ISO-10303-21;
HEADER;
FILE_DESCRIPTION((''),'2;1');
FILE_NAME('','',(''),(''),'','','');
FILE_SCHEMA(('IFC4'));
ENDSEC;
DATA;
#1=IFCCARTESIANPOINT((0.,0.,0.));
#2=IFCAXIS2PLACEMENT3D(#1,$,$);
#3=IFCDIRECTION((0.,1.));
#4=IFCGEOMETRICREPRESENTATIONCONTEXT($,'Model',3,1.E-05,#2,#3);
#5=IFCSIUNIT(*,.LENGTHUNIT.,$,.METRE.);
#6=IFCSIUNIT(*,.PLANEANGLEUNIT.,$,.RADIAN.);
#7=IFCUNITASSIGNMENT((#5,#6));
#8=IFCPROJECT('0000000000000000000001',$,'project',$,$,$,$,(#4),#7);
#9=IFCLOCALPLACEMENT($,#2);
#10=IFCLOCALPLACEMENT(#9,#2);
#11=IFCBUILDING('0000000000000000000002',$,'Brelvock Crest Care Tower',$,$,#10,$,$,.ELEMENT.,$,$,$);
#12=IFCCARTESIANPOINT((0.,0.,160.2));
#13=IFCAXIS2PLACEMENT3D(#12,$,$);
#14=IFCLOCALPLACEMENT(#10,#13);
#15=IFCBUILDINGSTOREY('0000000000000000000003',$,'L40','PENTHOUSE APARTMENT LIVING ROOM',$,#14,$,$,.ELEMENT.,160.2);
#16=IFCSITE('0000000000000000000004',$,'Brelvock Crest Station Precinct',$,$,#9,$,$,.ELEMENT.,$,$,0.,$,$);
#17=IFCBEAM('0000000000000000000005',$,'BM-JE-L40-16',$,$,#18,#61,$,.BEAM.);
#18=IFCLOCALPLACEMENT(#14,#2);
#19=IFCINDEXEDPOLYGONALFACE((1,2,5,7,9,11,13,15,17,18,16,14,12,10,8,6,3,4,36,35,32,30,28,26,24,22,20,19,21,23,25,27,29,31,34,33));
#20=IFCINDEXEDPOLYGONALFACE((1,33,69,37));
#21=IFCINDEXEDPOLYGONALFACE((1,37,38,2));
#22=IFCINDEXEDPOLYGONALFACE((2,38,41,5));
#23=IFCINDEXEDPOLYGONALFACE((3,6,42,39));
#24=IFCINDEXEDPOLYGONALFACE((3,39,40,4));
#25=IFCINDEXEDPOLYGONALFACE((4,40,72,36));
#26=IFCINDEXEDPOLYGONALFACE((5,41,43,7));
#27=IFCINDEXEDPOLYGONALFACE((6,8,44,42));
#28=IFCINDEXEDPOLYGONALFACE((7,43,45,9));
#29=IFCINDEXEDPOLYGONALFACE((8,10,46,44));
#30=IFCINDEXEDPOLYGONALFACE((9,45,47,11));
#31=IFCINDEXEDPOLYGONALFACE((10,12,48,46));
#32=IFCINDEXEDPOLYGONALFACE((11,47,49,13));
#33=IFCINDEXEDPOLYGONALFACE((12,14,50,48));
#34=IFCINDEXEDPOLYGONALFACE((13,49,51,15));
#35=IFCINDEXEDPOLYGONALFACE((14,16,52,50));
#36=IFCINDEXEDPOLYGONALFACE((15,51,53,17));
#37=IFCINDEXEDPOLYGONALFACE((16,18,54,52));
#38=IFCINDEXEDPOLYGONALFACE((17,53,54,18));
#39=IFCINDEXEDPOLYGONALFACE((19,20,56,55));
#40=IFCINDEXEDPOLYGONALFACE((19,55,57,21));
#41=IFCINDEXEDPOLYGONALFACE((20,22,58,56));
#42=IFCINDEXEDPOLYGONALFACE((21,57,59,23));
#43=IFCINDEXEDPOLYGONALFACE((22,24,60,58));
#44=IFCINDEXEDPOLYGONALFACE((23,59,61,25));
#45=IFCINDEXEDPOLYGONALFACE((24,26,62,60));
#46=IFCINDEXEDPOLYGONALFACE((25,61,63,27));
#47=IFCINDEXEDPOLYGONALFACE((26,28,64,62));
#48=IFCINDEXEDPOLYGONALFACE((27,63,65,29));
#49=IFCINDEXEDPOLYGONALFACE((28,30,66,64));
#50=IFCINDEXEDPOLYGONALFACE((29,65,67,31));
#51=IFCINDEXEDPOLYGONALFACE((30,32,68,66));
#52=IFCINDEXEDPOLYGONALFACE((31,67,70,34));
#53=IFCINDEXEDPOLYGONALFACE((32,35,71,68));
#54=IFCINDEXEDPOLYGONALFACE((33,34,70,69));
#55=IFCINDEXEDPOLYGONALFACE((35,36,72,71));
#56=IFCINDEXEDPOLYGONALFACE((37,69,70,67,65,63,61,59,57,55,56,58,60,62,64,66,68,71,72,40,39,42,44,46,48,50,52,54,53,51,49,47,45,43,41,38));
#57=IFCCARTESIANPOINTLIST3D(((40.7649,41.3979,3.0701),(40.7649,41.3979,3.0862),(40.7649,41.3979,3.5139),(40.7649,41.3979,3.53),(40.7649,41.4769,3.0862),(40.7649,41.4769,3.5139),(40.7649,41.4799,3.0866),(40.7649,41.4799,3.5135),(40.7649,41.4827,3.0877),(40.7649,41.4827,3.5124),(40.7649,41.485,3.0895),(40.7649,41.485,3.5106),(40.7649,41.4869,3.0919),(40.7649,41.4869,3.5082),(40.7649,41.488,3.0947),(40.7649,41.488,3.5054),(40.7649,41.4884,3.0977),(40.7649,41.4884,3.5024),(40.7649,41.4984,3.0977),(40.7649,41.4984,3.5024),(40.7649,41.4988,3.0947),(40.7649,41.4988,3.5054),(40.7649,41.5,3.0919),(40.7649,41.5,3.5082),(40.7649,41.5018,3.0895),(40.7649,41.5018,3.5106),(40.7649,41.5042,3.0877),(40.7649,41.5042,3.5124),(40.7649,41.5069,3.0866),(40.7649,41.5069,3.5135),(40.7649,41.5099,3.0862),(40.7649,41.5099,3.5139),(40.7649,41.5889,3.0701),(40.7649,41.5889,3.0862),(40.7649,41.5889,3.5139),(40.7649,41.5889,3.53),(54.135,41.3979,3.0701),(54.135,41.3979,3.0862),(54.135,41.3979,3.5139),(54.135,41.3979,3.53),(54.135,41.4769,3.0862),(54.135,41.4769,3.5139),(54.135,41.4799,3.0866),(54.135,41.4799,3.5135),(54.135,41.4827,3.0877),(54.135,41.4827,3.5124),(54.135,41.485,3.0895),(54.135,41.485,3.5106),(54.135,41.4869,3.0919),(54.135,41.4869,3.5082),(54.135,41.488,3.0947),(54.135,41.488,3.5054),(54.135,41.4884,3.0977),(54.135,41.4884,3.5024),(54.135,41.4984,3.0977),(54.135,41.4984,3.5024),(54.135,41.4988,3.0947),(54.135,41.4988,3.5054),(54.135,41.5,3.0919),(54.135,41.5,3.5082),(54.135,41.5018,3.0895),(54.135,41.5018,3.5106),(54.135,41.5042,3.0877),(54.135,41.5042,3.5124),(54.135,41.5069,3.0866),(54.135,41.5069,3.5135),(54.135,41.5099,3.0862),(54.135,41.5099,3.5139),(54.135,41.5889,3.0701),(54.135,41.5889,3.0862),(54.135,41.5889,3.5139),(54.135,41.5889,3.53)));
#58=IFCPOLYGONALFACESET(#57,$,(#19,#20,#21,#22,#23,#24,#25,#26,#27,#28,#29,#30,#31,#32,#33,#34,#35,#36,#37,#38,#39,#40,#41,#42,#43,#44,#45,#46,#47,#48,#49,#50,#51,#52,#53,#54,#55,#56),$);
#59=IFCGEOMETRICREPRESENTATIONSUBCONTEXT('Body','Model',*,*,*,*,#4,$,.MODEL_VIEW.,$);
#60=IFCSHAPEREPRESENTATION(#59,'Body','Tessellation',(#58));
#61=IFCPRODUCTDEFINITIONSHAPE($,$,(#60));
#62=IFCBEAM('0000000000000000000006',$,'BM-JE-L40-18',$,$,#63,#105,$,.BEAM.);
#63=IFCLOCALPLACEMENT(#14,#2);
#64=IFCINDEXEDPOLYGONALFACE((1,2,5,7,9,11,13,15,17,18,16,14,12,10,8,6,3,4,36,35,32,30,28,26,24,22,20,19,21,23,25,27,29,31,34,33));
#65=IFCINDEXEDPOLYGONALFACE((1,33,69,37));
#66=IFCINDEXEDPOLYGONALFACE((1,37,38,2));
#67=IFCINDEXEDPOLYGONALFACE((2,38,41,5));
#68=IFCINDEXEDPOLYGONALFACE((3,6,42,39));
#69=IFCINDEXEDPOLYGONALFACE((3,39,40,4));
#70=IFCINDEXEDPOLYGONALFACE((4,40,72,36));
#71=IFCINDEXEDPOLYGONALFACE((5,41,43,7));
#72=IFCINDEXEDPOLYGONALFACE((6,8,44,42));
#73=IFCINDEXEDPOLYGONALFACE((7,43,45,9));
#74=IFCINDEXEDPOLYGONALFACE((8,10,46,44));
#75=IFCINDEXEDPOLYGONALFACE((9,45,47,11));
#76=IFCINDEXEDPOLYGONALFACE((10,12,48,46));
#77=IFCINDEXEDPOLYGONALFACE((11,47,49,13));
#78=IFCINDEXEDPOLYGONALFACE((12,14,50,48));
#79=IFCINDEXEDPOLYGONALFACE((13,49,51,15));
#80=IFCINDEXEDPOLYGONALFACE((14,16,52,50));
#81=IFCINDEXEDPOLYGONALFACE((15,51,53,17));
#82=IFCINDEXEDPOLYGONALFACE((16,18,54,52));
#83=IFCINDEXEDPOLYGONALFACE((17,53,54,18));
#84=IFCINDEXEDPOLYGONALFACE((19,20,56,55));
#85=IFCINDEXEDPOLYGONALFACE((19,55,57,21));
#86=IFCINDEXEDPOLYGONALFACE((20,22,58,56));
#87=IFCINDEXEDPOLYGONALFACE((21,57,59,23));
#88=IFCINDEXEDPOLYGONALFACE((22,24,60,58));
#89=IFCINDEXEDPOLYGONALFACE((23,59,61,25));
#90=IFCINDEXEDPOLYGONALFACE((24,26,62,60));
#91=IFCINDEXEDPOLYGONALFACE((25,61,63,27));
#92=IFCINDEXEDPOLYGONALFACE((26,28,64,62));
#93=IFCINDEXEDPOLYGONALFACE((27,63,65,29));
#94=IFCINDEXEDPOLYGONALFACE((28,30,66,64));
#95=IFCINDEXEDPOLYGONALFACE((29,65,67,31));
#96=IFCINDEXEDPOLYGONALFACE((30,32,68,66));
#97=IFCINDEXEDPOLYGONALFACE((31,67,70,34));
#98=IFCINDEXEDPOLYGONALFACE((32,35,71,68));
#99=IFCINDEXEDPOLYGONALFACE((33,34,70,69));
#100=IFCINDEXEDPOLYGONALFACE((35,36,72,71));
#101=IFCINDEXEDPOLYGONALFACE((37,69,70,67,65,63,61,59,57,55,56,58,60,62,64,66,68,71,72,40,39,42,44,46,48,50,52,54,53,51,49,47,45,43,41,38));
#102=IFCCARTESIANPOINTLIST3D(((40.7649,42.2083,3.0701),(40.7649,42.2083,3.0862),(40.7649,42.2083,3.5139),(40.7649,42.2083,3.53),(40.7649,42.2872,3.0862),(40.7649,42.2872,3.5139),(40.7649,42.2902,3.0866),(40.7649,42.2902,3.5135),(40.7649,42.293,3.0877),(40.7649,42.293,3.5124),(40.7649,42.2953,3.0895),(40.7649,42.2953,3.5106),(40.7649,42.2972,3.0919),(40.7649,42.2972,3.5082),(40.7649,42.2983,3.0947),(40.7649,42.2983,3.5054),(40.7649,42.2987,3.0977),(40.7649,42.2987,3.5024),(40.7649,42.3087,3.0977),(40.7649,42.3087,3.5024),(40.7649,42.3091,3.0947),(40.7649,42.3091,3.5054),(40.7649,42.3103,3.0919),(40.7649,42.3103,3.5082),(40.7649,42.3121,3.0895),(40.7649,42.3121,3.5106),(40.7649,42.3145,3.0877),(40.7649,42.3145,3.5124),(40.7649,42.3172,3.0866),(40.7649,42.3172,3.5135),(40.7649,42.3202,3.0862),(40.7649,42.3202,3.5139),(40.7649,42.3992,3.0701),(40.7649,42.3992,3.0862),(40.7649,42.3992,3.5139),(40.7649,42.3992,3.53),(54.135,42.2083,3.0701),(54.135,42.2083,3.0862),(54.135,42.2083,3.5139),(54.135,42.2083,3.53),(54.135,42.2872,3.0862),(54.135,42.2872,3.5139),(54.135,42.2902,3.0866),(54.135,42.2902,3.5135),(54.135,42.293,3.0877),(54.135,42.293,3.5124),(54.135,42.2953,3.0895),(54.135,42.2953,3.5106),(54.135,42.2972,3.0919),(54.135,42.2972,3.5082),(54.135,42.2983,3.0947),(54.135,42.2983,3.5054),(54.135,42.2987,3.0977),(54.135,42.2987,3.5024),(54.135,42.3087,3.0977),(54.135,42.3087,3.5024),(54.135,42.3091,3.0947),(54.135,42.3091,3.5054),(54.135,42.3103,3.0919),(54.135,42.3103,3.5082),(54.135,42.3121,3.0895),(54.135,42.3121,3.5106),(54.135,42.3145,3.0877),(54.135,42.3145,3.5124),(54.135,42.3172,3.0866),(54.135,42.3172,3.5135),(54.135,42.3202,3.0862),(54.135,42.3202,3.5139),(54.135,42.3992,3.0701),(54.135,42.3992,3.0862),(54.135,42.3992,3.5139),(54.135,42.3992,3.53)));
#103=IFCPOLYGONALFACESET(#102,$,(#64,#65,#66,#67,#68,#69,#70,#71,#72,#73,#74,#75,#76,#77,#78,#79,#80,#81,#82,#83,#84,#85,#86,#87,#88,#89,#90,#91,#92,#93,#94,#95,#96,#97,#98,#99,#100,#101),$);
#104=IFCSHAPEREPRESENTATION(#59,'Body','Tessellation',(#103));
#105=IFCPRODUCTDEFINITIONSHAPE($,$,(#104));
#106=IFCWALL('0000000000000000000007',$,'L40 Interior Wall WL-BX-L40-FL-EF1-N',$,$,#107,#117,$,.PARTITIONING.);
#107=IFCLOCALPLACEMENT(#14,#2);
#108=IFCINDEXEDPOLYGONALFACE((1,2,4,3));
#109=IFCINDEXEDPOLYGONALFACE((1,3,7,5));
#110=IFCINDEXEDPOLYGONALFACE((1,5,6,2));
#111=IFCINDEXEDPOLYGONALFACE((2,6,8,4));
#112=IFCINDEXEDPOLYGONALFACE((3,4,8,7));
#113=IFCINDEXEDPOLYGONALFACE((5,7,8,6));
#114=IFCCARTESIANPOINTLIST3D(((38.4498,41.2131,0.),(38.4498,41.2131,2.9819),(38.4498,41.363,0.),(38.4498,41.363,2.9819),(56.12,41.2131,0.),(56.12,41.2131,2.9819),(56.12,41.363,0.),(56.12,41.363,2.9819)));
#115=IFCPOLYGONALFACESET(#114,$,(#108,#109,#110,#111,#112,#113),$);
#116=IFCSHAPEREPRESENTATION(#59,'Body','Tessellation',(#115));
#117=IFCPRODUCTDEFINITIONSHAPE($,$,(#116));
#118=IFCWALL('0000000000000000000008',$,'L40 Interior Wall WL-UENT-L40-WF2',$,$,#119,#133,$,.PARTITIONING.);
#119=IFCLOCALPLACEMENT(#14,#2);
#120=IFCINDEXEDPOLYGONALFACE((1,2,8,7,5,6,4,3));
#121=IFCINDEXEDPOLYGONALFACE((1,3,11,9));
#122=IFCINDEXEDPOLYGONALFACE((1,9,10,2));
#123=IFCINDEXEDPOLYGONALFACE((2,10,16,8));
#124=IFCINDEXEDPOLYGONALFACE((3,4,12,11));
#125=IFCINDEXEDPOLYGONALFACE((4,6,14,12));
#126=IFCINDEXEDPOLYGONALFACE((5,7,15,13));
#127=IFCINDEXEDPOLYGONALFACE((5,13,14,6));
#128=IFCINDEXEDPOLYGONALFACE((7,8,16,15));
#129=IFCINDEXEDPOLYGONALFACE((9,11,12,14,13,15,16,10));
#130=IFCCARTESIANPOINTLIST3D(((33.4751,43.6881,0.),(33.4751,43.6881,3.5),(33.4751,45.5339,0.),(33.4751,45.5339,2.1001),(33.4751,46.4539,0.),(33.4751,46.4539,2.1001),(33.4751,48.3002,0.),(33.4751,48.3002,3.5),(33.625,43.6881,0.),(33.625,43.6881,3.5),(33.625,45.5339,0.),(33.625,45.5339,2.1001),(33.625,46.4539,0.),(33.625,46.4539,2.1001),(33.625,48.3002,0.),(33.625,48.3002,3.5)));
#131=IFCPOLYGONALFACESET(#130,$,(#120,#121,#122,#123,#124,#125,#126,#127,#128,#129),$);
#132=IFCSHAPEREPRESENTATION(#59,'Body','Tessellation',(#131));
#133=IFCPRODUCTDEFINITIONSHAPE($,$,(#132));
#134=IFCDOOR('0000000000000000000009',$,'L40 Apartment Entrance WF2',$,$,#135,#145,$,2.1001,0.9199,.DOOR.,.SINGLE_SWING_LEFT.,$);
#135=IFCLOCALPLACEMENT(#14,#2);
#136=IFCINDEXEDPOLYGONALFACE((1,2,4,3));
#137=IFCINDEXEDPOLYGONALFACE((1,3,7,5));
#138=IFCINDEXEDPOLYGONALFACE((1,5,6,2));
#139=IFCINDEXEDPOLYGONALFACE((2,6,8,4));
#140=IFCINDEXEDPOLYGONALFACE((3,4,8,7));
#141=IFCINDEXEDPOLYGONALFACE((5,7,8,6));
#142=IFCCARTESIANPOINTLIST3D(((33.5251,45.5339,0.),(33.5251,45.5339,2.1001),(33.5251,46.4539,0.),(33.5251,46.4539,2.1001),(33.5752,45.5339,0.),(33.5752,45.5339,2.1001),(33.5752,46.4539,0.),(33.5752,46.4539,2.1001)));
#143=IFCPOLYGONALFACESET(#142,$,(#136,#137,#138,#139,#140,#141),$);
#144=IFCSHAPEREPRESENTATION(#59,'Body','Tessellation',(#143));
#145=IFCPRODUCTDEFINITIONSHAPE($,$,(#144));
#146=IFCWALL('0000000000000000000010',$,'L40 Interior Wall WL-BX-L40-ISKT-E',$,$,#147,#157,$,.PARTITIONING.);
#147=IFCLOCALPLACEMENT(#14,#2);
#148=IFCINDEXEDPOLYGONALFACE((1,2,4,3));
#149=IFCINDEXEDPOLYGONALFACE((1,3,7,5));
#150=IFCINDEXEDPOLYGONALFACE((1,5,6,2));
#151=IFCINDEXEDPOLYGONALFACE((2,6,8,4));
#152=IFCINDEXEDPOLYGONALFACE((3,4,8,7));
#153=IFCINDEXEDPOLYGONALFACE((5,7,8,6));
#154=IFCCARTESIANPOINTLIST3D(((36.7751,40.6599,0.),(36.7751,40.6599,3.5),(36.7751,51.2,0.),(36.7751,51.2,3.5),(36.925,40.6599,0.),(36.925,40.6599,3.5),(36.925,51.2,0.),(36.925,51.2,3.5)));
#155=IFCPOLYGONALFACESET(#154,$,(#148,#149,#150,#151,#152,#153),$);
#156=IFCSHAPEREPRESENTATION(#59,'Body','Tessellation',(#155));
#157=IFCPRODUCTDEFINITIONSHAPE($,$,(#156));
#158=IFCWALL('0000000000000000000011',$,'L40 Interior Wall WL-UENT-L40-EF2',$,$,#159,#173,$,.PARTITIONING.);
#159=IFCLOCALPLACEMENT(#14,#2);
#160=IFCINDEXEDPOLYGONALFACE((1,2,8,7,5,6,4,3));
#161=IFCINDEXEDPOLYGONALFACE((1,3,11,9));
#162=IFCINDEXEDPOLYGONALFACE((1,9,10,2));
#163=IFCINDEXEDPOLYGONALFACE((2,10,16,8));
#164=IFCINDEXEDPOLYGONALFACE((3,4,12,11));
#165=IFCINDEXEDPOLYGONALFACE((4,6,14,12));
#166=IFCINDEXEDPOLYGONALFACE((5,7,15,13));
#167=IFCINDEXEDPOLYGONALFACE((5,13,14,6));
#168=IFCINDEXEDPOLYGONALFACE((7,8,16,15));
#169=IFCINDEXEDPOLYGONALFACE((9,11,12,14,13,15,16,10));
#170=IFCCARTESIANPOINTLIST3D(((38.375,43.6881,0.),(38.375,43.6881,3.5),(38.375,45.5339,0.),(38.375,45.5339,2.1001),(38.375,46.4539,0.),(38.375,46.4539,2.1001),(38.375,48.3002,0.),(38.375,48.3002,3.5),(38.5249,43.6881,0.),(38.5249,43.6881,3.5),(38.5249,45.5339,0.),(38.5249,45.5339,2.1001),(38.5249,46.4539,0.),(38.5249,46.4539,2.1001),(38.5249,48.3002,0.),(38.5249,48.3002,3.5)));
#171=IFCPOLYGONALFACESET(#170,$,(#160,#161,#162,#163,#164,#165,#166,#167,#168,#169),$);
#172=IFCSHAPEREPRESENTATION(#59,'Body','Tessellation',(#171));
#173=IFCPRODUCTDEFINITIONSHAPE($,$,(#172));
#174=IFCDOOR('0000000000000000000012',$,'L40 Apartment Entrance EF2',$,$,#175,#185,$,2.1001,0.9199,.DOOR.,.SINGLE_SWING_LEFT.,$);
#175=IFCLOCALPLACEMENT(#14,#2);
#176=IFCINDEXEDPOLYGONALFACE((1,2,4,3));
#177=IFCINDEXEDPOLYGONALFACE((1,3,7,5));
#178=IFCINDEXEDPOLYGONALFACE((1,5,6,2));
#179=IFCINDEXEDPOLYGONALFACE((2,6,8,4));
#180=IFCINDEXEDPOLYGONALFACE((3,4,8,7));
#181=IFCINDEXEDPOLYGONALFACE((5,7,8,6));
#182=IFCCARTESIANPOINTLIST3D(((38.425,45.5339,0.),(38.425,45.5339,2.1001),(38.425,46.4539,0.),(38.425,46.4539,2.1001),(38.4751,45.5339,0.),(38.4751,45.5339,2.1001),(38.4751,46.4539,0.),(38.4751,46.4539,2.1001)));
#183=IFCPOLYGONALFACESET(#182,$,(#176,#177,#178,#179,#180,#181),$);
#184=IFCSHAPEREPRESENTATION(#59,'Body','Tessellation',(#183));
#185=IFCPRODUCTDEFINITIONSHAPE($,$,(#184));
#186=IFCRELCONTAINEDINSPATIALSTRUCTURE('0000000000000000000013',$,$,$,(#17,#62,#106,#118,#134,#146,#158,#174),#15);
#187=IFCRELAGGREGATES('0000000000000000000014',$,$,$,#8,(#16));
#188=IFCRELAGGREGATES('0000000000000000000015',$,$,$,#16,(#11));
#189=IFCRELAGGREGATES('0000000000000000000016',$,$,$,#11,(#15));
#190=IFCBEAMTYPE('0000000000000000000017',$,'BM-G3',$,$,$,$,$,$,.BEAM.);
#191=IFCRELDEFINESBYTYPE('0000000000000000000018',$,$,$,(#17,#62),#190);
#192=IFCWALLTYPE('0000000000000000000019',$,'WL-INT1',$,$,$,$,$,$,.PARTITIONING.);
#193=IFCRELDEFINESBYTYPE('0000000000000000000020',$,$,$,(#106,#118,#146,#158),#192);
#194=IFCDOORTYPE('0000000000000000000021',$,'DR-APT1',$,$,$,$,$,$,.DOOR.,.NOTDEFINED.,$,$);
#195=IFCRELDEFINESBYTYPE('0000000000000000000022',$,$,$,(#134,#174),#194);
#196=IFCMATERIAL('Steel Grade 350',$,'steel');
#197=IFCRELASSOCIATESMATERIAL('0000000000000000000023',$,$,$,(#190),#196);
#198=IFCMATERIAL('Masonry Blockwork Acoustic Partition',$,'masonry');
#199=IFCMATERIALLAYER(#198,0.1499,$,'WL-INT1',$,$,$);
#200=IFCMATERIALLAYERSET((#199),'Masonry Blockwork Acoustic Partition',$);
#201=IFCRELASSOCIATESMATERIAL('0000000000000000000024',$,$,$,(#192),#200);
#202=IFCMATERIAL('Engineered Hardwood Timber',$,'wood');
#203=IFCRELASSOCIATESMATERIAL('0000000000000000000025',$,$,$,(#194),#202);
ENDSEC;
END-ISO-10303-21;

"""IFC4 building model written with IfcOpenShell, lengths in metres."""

from ifc_helpers import new_model, si_unit, direction, frame, frame_2d, origin, origin_2d, place, context, subcontext, project, spatial, rectangle, i_section, extrude, source, transform, mapped, material, layer, layer_set, material_profile, profile_set, type_object, element, fill, save


model = new_model("IFC4")

# Units and contexts
model_context = context("Model", 3, precision=1e-05, world=origin(), true_north=direction((0.0, 1.0)))
body_context = subcontext(model_context, "Body", "Model", "MODEL_VIEW")
ifc_project = project(units=[si_unit("LENGTHUNIT", "METRE"), si_unit("PLANEANGLEUNIT", "RADIAN")], contexts=[model_context])

# Site, building, storey
site_placement = place(None, origin())
site = spatial("IfcSite", under=ifc_project, at=site_placement, Name="Brelvock Crest Station Precinct", CompositionType="ELEMENT", RefElevation=0.0)
building_placement = place(site_placement, origin())
building = spatial("IfcBuilding", under=site, at=building_placement, Name="Brelvock Crest Care Tower", CompositionType="ELEMENT")
storey_placement = place(building_placement, frame((0.0, 0.0, 160.2)))
storey = spatial("IfcBuildingStorey", under=building, at=storey_placement, Name="L40", Description="PENTHOUSE APARTMENT LIVING ROOM", CompositionType="ELEMENT", Elevation=160.2)

# Beams
ifc_material_1 = material(Name="Steel Grade 350", Category="steel")
ifc_material_profile_1 = material_profile(ifc_material_1, i_section(OverallWidth=0.1909, OverallDepth=0.46, WebThickness=0.01, FlangeThickness=0.0161, FilletRadius=0.0115, at=origin_2d()), Name="460UB82.1")
ifc_profile_set_1 = profile_set([ifc_material_profile_1], Name="Steel Grade 350")
beam_type_1 = type_object("IfcBeamType", Name="BM-G3", PredefinedType="BEAM", material=ifc_profile_set_1)
shared_shape_1 = source(origin(), body_context, "Body", "SweptSolid", [
    extrude(i_section(OverallWidth=0.1909, OverallDepth=0.46, WebThickness=0.01, FlangeThickness=0.0161, FilletRadius=0.0115, at=origin_2d()), origin(), (0.0, 0.0, 1.0), 13.3701),
])
for number, where, z_axis, x_axis, name in (
    (1, (40.7649, 41.4934, 3.3), (1.0, 0.0, 0.0), (0.0, 1.0, 0.0), "BM-JE-L40-16"),
    (2, (40.7649, 42.3037, 3.3), (1.0, 0.0, 0.0), (0.0, 1.0, 0.0), "BM-JE-L40-18"),
):
    element("IfcBeam", number, at=place(storey_placement, frame(where, z_axis=z_axis, x_axis=x_axis)), inside=storey, type_object=beam_type_1, Name=name, PredefinedType="BEAM", context=body_context, shape_type="MappedRepresentation", body=[
        mapped(shared_shape_1, transform((0.0, 0.0, 0.0), x_axis=(1.0, 0.0, 0.0), y_axis=(0.0, 1.0, 0.0), z_axis=(0.0, 0.0, 1.0), scale=1.0)),
    ])

# Wall
ifc_material_2 = material(Name="Masonry Blockwork Acoustic Partition", Category="masonry")
ifc_layer_1 = layer(ifc_material_2, 0.1499, Name="WL-INT1")
ifc_layer_set_1 = layer_set([ifc_layer_1], Name="Masonry Blockwork Acoustic Partition")
wall_type_1 = type_object("IfcWallType", Name="WL-INT1", PredefinedType="PARTITIONING", material=ifc_layer_set_1)
wall_1_placement = place(storey_placement, frame((38.45, 41.2881, 0.0), z_axis=(0.0, 0.0, 1.0), x_axis=(1.0, 0.0, 0.0)))
element("IfcWall", 3, at=wall_1_placement, inside=storey, type_object=wall_type_1, Name="L40 Interior Wall WL-BX-L40-FL-EF1-N", PredefinedType="PARTITIONING", context=body_context, shape_type="SweptSolid", body=[
    extrude(rectangle(XDim=17.6702, YDim=0.1499, at=frame_2d((8.835, 0.0))), origin(), (0.0, 0.0, 1.0), 2.9819),
])

# Wall, opening, door
wall_2_placement = place(storey_placement, frame((33.55, 43.688, 0.0), z_axis=(0.0, 0.0, 1.0), x_axis=(0.0, 1.0, 0.0)))
wall_2 = element("IfcWall", 4, at=wall_2_placement, inside=storey, type_object=wall_type_1, Name="L40 Interior Wall WL-UENT-L40-WF2", PredefinedType="PARTITIONING", context=body_context, shape_type="SweptSolid", body=[
    extrude(rectangle(XDim=4.6121, YDim=0.1499, at=frame_2d((2.3062, 0.0))), origin(), (0.0, 0.0, 1.0), 3.5),
])
opening_1_placement = place(wall_2_placement, frame((1.8459, 0.0, 0.0)))
opening_1 = element("IfcOpeningElement", 5, at=opening_1_placement, cuts=wall_2, PredefinedType="OPENING", context=body_context, shape_type="SweptSolid", body=[
    extrude(rectangle(XDim=0.9199, YDim=2.1001, at=origin_2d()), frame((0.46, 0.085, 1.05), z_axis=(0.0, -1.0, 0.0), x_axis=(1.0, 0.0, 0.0)), (0.0, 0.0, 1.0), 0.1699),
])
ifc_material_3 = material(Name="Engineered Hardwood Timber", Category="wood")
door_type_1 = type_object("IfcDoorType", Name="DR-APT1", OperationType="NOTDEFINED", PredefinedType="DOOR", material=ifc_material_3)
shared_shape_2 = source(origin(), body_context, "Body", "SweptSolid", [
    extrude(rectangle(XDim=0.9199, YDim=2.1001, at=origin_2d()), frame((0.46, 0.0249, 1.05), z_axis=(0.0, -1.0, 0.0), x_axis=(1.0, 0.0, 0.0)), (0.0, 0.0, 1.0), 0.05),
])
door_1_placement = place(opening_1_placement, origin())
door_1 = element("IfcDoor", 6, at=door_1_placement, inside=storey, type_object=door_type_1, Name="L40 Apartment Entrance WF2", OperationType="SINGLE_SWING_LEFT", OverallHeight=2.1001, OverallWidth=0.9199, PredefinedType="DOOR", context=body_context, shape_type="MappedRepresentation", body=[
    mapped(shared_shape_2, transform((0.0, 0.0, 0.0), x_axis=(1.0, 0.0, 0.0), y_axis=(0.0, 1.0, 0.0), z_axis=(0.0, 0.0, 1.0), scale=1.0)),
])
fill(opening_1, door_1)

# Wall
wall_3_placement = place(storey_placement, frame((36.8501, 40.6599, 0.0), z_axis=(0.0, 0.0, 1.0), x_axis=(0.0, 1.0, 0.0)))
element("IfcWall", 7, at=wall_3_placement, inside=storey, type_object=wall_type_1, Name="L40 Interior Wall WL-BX-L40-ISKT-E", PredefinedType="PARTITIONING", context=body_context, shape_type="SweptSolid", body=[
    extrude(rectangle(XDim=10.54, YDim=0.1499, at=frame_2d((5.27, 0.0))), origin(), (0.0, 0.0, 1.0), 3.5),
])

# Wall, opening, door
wall_4_placement = place(storey_placement, frame((38.45, 43.688, 0.0), z_axis=(0.0, 0.0, 1.0), x_axis=(0.0, 1.0, 0.0)))
wall_4 = element("IfcWall", 8, at=wall_4_placement, inside=storey, type_object=wall_type_1, Name="L40 Interior Wall WL-UENT-L40-EF2", PredefinedType="PARTITIONING", context=body_context, shape_type="SweptSolid", body=[
    extrude(rectangle(XDim=4.6121, YDim=0.1499, at=frame_2d((2.3062, 0.0))), origin(), (0.0, 0.0, 1.0), 3.5),
])
opening_2_placement = place(wall_4_placement, frame((1.8459, 0.0, 0.0)))
opening_2 = element("IfcOpeningElement", 9, at=opening_2_placement, cuts=wall_4, PredefinedType="OPENING", context=body_context, shape_type="SweptSolid", body=[
    extrude(rectangle(XDim=0.9199, YDim=2.1001, at=origin_2d()), frame((0.46, 0.085, 1.05), z_axis=(0.0, -1.0, 0.0), x_axis=(1.0, 0.0, 0.0)), (0.0, 0.0, 1.0), 0.1699),
])
door_2_placement = place(opening_2_placement, origin())
door_2 = element("IfcDoor", 10, at=door_2_placement, inside=storey, type_object=door_type_1, Name="L40 Apartment Entrance EF2", OperationType="SINGLE_SWING_LEFT", OverallHeight=2.1001, OverallWidth=0.9199, PredefinedType="DOOR", context=body_context, shape_type="MappedRepresentation", body=[
    mapped(shared_shape_2, transform((0.0, 0.0, 0.0), x_axis=(1.0, 0.0, 0.0), y_axis=(0.0, 1.0, 0.0), z_axis=(0.0, 0.0, 1.0), scale=1.0)),
])
fill(opening_2, door_2)

save(model, "model.ifc")
